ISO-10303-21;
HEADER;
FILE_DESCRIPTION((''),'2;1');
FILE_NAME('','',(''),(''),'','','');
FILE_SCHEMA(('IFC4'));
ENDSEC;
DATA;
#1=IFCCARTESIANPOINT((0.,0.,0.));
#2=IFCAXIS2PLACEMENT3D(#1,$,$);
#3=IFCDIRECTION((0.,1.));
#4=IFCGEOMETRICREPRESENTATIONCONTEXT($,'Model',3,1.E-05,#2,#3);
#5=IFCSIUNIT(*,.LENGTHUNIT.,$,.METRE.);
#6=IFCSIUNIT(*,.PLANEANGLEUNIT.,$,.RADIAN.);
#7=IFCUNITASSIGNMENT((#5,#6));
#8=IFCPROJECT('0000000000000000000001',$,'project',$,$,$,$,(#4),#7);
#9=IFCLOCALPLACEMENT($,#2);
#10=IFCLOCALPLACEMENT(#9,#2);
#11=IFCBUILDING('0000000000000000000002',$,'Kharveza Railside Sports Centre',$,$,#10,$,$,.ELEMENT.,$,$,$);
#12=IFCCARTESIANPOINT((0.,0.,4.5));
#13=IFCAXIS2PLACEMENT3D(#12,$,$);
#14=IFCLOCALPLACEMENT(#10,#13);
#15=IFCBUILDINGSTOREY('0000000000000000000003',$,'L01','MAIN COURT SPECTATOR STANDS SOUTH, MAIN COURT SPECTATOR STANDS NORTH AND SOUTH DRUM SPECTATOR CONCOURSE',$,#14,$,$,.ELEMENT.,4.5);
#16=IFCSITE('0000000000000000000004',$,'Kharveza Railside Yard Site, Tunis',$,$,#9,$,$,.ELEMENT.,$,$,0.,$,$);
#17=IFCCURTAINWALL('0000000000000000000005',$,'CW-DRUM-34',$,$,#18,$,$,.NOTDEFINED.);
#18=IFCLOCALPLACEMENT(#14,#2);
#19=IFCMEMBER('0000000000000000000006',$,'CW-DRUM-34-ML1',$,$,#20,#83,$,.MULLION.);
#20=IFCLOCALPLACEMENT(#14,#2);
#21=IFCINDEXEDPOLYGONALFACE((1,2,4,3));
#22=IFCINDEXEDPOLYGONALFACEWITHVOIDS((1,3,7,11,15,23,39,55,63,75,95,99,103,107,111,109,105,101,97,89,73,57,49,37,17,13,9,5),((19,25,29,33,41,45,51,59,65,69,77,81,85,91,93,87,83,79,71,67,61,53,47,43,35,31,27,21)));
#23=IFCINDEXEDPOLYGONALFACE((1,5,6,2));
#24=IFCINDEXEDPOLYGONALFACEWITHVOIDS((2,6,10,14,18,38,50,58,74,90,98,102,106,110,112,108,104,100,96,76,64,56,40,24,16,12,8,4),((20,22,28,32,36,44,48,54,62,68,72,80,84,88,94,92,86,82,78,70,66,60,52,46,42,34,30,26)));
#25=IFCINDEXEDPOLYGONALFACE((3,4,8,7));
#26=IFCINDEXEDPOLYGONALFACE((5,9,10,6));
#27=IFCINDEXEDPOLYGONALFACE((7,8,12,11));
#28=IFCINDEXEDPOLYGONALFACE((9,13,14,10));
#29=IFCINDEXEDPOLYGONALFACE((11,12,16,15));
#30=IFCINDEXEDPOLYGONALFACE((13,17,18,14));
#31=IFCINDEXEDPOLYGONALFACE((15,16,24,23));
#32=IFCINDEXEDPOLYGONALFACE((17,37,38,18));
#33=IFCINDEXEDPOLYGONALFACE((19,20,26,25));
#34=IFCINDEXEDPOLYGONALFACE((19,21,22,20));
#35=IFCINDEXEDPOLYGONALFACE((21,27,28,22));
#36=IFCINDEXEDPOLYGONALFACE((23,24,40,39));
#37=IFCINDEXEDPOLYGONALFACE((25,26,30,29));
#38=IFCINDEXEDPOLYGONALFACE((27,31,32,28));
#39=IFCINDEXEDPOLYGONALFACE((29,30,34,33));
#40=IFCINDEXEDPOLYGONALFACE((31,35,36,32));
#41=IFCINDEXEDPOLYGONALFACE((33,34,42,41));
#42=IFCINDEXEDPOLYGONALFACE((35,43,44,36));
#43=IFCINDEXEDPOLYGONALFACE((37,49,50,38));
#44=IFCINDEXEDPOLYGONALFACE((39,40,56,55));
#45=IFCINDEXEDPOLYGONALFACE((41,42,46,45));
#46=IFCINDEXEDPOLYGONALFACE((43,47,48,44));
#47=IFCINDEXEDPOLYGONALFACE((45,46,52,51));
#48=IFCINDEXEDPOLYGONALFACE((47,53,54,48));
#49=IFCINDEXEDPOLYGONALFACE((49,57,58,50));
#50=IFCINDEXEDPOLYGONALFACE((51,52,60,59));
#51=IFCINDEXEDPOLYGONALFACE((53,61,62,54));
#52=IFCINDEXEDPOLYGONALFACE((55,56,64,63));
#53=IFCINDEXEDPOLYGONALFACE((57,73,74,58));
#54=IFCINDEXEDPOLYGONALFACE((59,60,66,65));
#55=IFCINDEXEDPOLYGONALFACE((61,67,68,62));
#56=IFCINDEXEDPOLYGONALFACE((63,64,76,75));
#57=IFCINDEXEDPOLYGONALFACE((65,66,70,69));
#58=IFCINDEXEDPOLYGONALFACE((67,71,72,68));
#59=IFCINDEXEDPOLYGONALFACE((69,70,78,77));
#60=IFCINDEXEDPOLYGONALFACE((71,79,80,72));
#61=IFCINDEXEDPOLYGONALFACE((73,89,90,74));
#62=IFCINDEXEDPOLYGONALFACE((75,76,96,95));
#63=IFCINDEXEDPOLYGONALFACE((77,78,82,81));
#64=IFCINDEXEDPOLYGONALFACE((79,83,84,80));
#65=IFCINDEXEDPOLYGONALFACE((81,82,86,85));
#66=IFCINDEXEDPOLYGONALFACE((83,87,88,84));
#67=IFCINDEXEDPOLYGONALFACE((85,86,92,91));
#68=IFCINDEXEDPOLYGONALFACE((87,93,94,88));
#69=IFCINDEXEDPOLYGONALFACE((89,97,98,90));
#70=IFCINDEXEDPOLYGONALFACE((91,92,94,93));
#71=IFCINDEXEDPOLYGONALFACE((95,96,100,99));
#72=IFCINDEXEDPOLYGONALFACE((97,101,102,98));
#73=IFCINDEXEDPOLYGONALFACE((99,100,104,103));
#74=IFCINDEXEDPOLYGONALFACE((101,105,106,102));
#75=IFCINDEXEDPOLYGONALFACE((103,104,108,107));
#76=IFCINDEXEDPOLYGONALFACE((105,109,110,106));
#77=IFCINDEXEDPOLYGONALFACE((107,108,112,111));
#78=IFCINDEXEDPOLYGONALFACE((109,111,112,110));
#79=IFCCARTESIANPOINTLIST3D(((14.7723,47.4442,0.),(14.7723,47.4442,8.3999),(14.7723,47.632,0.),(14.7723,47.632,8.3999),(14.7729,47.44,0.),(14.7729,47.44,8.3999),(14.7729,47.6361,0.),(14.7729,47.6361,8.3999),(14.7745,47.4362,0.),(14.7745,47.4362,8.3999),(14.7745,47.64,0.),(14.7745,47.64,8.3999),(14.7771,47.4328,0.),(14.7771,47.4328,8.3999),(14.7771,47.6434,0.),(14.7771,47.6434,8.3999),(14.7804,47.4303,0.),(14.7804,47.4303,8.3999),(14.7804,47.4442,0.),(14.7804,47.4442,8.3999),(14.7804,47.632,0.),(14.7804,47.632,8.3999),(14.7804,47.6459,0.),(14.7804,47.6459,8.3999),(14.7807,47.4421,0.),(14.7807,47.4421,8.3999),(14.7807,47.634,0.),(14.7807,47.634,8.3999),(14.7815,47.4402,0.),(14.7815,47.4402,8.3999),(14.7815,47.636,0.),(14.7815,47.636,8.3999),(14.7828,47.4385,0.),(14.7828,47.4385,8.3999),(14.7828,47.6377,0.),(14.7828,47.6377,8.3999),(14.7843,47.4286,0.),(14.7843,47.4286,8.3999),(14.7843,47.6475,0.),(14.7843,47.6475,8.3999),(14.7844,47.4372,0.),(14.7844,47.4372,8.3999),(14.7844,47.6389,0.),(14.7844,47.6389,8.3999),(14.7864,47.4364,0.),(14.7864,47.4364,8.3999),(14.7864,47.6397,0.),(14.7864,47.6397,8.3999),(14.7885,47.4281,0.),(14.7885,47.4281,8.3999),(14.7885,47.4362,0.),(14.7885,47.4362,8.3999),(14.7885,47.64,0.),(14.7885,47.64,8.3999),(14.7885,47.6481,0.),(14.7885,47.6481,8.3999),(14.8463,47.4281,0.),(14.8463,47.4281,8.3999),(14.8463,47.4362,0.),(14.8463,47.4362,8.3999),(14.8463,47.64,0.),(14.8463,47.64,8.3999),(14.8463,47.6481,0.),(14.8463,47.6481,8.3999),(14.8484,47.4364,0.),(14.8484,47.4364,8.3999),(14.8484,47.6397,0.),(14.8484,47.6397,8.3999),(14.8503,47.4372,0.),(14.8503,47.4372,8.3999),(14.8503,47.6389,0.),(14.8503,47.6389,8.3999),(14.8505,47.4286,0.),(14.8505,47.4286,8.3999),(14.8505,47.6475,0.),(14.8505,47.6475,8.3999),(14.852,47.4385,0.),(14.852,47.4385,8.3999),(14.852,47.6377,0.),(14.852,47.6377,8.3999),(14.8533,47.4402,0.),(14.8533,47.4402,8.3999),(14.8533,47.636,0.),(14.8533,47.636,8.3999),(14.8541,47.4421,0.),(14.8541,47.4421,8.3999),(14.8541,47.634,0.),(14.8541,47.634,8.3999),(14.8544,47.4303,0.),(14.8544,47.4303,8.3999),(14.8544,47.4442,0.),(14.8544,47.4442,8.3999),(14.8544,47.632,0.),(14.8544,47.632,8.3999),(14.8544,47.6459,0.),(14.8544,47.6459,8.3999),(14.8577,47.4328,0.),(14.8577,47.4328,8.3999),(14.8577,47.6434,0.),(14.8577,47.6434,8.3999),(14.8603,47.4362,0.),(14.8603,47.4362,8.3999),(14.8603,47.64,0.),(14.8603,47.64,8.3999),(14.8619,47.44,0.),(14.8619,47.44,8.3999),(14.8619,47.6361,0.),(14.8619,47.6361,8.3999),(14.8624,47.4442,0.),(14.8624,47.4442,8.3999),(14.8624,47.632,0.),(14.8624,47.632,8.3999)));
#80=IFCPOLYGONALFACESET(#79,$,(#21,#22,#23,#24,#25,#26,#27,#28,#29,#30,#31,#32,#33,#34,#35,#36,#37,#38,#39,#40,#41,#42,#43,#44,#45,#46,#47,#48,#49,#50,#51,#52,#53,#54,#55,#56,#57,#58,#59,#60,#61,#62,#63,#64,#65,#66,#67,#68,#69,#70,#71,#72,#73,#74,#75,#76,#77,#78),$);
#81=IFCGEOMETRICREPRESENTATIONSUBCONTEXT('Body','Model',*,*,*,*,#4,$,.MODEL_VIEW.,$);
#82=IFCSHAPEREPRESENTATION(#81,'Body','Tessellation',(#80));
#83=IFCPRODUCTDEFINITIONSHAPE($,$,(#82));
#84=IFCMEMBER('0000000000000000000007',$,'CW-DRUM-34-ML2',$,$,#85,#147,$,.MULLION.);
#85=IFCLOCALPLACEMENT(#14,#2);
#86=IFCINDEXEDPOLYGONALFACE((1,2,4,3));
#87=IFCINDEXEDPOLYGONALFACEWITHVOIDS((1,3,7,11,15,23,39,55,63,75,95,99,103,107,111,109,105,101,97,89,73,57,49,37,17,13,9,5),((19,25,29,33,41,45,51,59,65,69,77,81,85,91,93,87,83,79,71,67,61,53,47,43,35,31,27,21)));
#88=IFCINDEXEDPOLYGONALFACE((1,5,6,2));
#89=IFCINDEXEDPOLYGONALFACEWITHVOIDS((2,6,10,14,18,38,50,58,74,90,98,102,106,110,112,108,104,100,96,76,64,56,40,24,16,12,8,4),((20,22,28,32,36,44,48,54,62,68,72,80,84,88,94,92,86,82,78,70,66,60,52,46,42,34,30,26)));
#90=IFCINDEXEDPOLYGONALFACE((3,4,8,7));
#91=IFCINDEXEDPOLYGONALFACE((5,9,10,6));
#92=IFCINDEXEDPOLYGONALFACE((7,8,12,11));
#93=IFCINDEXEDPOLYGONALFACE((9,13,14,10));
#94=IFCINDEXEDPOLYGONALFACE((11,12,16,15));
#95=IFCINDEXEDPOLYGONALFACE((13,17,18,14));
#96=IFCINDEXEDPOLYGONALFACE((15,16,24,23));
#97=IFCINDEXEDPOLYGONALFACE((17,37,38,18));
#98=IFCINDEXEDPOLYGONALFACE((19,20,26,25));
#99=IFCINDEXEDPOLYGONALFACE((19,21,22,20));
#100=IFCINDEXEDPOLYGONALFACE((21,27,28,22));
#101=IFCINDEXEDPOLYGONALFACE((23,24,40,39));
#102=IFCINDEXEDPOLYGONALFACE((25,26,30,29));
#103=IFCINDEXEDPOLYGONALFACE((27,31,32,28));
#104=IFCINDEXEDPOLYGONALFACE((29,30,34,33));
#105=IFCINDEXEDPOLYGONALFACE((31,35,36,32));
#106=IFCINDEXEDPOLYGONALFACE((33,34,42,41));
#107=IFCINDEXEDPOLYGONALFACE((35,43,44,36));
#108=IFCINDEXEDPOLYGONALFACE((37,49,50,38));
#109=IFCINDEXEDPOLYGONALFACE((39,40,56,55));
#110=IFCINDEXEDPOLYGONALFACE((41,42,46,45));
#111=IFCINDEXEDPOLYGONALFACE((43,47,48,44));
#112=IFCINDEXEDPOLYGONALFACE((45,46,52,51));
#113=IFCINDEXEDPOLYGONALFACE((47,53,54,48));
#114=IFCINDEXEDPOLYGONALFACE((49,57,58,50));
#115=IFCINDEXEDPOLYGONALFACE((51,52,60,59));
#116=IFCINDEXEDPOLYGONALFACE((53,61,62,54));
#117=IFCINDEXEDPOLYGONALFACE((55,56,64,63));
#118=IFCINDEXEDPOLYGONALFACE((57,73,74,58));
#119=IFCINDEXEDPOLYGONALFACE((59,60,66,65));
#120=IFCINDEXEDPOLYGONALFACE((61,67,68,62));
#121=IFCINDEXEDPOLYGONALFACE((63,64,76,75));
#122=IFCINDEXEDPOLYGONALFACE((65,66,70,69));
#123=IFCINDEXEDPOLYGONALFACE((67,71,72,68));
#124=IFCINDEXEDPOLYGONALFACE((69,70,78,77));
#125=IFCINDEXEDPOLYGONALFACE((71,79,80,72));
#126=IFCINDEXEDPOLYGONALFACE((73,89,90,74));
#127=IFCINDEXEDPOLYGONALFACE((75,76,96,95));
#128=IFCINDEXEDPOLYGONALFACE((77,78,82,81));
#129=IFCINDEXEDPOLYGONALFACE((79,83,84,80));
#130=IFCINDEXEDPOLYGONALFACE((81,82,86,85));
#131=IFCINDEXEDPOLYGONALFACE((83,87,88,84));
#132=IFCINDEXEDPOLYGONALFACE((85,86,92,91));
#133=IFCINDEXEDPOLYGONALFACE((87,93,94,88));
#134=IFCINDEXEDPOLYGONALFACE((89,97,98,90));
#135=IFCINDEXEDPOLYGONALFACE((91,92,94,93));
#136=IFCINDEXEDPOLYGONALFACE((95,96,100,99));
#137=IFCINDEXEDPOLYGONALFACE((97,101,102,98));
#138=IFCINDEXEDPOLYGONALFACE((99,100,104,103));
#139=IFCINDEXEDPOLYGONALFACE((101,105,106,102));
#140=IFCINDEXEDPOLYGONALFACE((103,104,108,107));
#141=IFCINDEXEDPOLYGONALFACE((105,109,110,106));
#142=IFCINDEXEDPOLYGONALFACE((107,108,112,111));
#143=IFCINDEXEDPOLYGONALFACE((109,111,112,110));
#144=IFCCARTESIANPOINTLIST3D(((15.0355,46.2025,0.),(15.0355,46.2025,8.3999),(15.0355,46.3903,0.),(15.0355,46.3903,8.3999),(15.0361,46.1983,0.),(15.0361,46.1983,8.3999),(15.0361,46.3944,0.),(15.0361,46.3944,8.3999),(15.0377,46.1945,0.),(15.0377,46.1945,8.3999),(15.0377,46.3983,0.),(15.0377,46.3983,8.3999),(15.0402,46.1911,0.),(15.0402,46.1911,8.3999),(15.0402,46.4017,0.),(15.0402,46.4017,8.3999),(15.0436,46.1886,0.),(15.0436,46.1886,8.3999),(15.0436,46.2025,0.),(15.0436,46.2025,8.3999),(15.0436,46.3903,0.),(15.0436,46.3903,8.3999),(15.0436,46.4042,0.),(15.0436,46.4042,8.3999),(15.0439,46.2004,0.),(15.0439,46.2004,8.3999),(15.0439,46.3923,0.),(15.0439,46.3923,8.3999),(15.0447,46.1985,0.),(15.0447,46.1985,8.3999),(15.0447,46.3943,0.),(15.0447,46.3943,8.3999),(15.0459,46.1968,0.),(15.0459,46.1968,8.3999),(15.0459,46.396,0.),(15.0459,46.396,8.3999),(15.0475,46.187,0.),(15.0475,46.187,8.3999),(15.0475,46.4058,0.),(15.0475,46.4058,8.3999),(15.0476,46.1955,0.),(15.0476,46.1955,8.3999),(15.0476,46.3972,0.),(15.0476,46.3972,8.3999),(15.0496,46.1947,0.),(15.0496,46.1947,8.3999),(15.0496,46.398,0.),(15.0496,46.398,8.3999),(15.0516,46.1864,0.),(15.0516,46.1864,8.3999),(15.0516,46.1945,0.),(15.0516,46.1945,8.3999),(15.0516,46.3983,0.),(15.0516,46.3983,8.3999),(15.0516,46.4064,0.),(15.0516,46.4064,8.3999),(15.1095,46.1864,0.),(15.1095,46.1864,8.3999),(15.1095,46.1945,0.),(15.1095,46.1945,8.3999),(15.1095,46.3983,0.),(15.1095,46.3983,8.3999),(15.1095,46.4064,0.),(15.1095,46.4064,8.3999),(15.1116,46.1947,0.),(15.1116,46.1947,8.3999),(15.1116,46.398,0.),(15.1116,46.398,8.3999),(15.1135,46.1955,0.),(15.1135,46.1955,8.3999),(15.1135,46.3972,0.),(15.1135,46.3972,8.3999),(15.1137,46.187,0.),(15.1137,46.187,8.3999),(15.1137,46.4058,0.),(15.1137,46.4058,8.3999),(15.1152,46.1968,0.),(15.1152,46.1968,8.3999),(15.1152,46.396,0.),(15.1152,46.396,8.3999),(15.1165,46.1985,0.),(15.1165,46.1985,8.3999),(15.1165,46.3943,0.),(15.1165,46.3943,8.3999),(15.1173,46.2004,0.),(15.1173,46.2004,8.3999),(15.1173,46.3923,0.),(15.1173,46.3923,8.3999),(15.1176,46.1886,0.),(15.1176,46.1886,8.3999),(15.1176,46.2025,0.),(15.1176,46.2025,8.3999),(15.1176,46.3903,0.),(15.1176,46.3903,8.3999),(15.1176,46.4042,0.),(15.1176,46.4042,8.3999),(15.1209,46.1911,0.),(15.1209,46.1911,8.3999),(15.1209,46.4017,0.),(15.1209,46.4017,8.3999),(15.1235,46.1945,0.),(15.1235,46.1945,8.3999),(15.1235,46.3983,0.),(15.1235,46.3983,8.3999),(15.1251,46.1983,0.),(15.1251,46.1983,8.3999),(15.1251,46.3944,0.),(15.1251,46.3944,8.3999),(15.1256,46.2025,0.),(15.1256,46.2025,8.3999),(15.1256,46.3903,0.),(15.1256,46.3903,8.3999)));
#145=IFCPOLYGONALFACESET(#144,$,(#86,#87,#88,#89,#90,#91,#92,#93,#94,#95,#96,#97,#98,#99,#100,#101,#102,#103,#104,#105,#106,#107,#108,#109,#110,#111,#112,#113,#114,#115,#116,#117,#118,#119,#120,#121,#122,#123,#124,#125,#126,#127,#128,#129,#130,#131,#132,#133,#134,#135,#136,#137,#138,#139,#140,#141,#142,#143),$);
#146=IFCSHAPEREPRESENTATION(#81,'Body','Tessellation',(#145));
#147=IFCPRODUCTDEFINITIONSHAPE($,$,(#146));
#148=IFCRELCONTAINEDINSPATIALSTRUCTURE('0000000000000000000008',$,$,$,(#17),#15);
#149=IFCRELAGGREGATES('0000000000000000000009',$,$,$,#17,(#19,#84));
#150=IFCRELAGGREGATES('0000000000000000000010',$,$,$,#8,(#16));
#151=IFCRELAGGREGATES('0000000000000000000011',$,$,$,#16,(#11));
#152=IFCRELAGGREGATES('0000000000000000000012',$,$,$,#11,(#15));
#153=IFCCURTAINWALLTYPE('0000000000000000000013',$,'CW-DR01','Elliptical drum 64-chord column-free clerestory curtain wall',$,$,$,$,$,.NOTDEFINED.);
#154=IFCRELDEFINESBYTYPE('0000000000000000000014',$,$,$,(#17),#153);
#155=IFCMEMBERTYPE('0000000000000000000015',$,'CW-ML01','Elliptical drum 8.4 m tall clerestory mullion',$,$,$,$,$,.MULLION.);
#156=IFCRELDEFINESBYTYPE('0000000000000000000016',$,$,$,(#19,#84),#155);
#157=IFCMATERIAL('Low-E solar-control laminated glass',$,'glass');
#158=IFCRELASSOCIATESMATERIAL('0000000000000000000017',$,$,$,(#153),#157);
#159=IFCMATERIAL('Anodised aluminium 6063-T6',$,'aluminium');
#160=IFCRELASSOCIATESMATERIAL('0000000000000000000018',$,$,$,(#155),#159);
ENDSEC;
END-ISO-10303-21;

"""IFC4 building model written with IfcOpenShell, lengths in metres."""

from ifc_helpers import new_model, si_unit, direction, frame, origin, origin_2d, place, context, subcontext, project, spatial, hollow_rectangle, extrude, material, material_profile, profile_set, type_object, element, aggregate, save


model = new_model("IFC4")

# Units and contexts
model_context = context("Model", 3, precision=1e-05, world=origin(), true_north=direction((0.0, 1.0)))
body_context = subcontext(model_context, "Body", "Model", "MODEL_VIEW")
ifc_project = project(units=[si_unit("LENGTHUNIT", "METRE"), si_unit("PLANEANGLEUNIT", "RADIAN")], contexts=[model_context])

# Site, building, storey
site_placement = place(None, origin())
site = spatial("IfcSite", under=ifc_project, at=site_placement, Name="Kharveza Railside Yard Site, Tunis", CompositionType="ELEMENT", RefElevation=0.0)
building_placement = place(site_placement, origin())
building = spatial("IfcBuilding", under=site, at=building_placement, Name="Kharveza Railside Sports Centre", CompositionType="ELEMENT")
storey_placement = place(building_placement, frame((0.0, 0.0, 4.5)))
storey = spatial("IfcBuildingStorey", under=building, at=storey_placement, Name="L01", Description="MAIN COURT SPECTATOR STANDS SOUTH, MAIN COURT SPECTATOR STANDS NORTH AND SOUTH DRUM SPECTATOR CONCOURSE", CompositionType="ELEMENT", Elevation=4.5)

# Curtain wall, members
ifc_material_1 = material(Name="Low-E solar-control laminated glass", Category="glass")
curtain_wall_type = type_object("IfcCurtainWallType", Name="CW-DR01", Description="Elliptical drum 64-chord column-free clerestory curtain wall", PredefinedType="NOTDEFINED", material=ifc_material_1)
ifc_material_2 = material(Name="Anodised aluminium 6063-T6", Category="aluminium")
ifc_material_profile_1 = material_profile(ifc_material_2, hollow_rectangle(XDim=0.0901, YDim=0.22, WallThickness=0.0081, InnerFilletRadius=0.0081, OuterFilletRadius=0.0161, at=origin_2d()), Name="RHS 90x220x8.0")
ifc_profile_set_1 = profile_set([ifc_material_profile_1], Name="Anodised aluminium 6063-T6")
member_type_1 = type_object("IfcMemberType", Name="CW-ML01", Description="Elliptical drum 8.4 m tall clerestory mullion", PredefinedType="MULLION", material=ifc_profile_set_1)
curtain_wall_1_placement = place(storey_placement, origin())
curtain_wall_1 = element("IfcCurtainWall", 1, at=curtain_wall_1_placement, inside=storey, type_object=curtain_wall_type, Name="CW-DRUM-34", PredefinedType="NOTDEFINED")
member_1_placement = place(storey_placement, frame((14.8174, 47.5381, 0.0), z_axis=(0.0, 0.0, 1.0), x_axis=(1.0, 0.0, 0.0)))
member_1 = element("IfcMember", 2, at=member_1_placement, type_object=member_type_1, Name="CW-DRUM-34-ML1", PredefinedType="MULLION", context=body_context, shape_type="SweptSolid", body=[
    extrude(hollow_rectangle(XDim=0.0901, YDim=0.22, WallThickness=0.0081, InnerFilletRadius=0.0081, OuterFilletRadius=0.0161, at=origin_2d()), origin(), (0.0, 0.0, 1.0), 8.3999),
])
member_2_placement = place(storey_placement, frame((15.0806, 46.2964, 0.0), z_axis=(0.0, 0.0, 1.0), x_axis=(1.0, 0.0, 0.0)))
member_2 = element("IfcMember", 3, at=member_2_placement, type_object=member_type_1, Name="CW-DRUM-34-ML2", PredefinedType="MULLION", context=body_context, shape_type="SweptSolid", body=[
    extrude(hollow_rectangle(XDim=0.0901, YDim=0.22, WallThickness=0.0081, InnerFilletRadius=0.0081, OuterFilletRadius=0.0161, at=origin_2d()), origin(), (0.0, 0.0, 1.0), 8.3999),
])

aggregate(curtain_wall_1, [member_1, member_2])

save(model, "model.ifc")
